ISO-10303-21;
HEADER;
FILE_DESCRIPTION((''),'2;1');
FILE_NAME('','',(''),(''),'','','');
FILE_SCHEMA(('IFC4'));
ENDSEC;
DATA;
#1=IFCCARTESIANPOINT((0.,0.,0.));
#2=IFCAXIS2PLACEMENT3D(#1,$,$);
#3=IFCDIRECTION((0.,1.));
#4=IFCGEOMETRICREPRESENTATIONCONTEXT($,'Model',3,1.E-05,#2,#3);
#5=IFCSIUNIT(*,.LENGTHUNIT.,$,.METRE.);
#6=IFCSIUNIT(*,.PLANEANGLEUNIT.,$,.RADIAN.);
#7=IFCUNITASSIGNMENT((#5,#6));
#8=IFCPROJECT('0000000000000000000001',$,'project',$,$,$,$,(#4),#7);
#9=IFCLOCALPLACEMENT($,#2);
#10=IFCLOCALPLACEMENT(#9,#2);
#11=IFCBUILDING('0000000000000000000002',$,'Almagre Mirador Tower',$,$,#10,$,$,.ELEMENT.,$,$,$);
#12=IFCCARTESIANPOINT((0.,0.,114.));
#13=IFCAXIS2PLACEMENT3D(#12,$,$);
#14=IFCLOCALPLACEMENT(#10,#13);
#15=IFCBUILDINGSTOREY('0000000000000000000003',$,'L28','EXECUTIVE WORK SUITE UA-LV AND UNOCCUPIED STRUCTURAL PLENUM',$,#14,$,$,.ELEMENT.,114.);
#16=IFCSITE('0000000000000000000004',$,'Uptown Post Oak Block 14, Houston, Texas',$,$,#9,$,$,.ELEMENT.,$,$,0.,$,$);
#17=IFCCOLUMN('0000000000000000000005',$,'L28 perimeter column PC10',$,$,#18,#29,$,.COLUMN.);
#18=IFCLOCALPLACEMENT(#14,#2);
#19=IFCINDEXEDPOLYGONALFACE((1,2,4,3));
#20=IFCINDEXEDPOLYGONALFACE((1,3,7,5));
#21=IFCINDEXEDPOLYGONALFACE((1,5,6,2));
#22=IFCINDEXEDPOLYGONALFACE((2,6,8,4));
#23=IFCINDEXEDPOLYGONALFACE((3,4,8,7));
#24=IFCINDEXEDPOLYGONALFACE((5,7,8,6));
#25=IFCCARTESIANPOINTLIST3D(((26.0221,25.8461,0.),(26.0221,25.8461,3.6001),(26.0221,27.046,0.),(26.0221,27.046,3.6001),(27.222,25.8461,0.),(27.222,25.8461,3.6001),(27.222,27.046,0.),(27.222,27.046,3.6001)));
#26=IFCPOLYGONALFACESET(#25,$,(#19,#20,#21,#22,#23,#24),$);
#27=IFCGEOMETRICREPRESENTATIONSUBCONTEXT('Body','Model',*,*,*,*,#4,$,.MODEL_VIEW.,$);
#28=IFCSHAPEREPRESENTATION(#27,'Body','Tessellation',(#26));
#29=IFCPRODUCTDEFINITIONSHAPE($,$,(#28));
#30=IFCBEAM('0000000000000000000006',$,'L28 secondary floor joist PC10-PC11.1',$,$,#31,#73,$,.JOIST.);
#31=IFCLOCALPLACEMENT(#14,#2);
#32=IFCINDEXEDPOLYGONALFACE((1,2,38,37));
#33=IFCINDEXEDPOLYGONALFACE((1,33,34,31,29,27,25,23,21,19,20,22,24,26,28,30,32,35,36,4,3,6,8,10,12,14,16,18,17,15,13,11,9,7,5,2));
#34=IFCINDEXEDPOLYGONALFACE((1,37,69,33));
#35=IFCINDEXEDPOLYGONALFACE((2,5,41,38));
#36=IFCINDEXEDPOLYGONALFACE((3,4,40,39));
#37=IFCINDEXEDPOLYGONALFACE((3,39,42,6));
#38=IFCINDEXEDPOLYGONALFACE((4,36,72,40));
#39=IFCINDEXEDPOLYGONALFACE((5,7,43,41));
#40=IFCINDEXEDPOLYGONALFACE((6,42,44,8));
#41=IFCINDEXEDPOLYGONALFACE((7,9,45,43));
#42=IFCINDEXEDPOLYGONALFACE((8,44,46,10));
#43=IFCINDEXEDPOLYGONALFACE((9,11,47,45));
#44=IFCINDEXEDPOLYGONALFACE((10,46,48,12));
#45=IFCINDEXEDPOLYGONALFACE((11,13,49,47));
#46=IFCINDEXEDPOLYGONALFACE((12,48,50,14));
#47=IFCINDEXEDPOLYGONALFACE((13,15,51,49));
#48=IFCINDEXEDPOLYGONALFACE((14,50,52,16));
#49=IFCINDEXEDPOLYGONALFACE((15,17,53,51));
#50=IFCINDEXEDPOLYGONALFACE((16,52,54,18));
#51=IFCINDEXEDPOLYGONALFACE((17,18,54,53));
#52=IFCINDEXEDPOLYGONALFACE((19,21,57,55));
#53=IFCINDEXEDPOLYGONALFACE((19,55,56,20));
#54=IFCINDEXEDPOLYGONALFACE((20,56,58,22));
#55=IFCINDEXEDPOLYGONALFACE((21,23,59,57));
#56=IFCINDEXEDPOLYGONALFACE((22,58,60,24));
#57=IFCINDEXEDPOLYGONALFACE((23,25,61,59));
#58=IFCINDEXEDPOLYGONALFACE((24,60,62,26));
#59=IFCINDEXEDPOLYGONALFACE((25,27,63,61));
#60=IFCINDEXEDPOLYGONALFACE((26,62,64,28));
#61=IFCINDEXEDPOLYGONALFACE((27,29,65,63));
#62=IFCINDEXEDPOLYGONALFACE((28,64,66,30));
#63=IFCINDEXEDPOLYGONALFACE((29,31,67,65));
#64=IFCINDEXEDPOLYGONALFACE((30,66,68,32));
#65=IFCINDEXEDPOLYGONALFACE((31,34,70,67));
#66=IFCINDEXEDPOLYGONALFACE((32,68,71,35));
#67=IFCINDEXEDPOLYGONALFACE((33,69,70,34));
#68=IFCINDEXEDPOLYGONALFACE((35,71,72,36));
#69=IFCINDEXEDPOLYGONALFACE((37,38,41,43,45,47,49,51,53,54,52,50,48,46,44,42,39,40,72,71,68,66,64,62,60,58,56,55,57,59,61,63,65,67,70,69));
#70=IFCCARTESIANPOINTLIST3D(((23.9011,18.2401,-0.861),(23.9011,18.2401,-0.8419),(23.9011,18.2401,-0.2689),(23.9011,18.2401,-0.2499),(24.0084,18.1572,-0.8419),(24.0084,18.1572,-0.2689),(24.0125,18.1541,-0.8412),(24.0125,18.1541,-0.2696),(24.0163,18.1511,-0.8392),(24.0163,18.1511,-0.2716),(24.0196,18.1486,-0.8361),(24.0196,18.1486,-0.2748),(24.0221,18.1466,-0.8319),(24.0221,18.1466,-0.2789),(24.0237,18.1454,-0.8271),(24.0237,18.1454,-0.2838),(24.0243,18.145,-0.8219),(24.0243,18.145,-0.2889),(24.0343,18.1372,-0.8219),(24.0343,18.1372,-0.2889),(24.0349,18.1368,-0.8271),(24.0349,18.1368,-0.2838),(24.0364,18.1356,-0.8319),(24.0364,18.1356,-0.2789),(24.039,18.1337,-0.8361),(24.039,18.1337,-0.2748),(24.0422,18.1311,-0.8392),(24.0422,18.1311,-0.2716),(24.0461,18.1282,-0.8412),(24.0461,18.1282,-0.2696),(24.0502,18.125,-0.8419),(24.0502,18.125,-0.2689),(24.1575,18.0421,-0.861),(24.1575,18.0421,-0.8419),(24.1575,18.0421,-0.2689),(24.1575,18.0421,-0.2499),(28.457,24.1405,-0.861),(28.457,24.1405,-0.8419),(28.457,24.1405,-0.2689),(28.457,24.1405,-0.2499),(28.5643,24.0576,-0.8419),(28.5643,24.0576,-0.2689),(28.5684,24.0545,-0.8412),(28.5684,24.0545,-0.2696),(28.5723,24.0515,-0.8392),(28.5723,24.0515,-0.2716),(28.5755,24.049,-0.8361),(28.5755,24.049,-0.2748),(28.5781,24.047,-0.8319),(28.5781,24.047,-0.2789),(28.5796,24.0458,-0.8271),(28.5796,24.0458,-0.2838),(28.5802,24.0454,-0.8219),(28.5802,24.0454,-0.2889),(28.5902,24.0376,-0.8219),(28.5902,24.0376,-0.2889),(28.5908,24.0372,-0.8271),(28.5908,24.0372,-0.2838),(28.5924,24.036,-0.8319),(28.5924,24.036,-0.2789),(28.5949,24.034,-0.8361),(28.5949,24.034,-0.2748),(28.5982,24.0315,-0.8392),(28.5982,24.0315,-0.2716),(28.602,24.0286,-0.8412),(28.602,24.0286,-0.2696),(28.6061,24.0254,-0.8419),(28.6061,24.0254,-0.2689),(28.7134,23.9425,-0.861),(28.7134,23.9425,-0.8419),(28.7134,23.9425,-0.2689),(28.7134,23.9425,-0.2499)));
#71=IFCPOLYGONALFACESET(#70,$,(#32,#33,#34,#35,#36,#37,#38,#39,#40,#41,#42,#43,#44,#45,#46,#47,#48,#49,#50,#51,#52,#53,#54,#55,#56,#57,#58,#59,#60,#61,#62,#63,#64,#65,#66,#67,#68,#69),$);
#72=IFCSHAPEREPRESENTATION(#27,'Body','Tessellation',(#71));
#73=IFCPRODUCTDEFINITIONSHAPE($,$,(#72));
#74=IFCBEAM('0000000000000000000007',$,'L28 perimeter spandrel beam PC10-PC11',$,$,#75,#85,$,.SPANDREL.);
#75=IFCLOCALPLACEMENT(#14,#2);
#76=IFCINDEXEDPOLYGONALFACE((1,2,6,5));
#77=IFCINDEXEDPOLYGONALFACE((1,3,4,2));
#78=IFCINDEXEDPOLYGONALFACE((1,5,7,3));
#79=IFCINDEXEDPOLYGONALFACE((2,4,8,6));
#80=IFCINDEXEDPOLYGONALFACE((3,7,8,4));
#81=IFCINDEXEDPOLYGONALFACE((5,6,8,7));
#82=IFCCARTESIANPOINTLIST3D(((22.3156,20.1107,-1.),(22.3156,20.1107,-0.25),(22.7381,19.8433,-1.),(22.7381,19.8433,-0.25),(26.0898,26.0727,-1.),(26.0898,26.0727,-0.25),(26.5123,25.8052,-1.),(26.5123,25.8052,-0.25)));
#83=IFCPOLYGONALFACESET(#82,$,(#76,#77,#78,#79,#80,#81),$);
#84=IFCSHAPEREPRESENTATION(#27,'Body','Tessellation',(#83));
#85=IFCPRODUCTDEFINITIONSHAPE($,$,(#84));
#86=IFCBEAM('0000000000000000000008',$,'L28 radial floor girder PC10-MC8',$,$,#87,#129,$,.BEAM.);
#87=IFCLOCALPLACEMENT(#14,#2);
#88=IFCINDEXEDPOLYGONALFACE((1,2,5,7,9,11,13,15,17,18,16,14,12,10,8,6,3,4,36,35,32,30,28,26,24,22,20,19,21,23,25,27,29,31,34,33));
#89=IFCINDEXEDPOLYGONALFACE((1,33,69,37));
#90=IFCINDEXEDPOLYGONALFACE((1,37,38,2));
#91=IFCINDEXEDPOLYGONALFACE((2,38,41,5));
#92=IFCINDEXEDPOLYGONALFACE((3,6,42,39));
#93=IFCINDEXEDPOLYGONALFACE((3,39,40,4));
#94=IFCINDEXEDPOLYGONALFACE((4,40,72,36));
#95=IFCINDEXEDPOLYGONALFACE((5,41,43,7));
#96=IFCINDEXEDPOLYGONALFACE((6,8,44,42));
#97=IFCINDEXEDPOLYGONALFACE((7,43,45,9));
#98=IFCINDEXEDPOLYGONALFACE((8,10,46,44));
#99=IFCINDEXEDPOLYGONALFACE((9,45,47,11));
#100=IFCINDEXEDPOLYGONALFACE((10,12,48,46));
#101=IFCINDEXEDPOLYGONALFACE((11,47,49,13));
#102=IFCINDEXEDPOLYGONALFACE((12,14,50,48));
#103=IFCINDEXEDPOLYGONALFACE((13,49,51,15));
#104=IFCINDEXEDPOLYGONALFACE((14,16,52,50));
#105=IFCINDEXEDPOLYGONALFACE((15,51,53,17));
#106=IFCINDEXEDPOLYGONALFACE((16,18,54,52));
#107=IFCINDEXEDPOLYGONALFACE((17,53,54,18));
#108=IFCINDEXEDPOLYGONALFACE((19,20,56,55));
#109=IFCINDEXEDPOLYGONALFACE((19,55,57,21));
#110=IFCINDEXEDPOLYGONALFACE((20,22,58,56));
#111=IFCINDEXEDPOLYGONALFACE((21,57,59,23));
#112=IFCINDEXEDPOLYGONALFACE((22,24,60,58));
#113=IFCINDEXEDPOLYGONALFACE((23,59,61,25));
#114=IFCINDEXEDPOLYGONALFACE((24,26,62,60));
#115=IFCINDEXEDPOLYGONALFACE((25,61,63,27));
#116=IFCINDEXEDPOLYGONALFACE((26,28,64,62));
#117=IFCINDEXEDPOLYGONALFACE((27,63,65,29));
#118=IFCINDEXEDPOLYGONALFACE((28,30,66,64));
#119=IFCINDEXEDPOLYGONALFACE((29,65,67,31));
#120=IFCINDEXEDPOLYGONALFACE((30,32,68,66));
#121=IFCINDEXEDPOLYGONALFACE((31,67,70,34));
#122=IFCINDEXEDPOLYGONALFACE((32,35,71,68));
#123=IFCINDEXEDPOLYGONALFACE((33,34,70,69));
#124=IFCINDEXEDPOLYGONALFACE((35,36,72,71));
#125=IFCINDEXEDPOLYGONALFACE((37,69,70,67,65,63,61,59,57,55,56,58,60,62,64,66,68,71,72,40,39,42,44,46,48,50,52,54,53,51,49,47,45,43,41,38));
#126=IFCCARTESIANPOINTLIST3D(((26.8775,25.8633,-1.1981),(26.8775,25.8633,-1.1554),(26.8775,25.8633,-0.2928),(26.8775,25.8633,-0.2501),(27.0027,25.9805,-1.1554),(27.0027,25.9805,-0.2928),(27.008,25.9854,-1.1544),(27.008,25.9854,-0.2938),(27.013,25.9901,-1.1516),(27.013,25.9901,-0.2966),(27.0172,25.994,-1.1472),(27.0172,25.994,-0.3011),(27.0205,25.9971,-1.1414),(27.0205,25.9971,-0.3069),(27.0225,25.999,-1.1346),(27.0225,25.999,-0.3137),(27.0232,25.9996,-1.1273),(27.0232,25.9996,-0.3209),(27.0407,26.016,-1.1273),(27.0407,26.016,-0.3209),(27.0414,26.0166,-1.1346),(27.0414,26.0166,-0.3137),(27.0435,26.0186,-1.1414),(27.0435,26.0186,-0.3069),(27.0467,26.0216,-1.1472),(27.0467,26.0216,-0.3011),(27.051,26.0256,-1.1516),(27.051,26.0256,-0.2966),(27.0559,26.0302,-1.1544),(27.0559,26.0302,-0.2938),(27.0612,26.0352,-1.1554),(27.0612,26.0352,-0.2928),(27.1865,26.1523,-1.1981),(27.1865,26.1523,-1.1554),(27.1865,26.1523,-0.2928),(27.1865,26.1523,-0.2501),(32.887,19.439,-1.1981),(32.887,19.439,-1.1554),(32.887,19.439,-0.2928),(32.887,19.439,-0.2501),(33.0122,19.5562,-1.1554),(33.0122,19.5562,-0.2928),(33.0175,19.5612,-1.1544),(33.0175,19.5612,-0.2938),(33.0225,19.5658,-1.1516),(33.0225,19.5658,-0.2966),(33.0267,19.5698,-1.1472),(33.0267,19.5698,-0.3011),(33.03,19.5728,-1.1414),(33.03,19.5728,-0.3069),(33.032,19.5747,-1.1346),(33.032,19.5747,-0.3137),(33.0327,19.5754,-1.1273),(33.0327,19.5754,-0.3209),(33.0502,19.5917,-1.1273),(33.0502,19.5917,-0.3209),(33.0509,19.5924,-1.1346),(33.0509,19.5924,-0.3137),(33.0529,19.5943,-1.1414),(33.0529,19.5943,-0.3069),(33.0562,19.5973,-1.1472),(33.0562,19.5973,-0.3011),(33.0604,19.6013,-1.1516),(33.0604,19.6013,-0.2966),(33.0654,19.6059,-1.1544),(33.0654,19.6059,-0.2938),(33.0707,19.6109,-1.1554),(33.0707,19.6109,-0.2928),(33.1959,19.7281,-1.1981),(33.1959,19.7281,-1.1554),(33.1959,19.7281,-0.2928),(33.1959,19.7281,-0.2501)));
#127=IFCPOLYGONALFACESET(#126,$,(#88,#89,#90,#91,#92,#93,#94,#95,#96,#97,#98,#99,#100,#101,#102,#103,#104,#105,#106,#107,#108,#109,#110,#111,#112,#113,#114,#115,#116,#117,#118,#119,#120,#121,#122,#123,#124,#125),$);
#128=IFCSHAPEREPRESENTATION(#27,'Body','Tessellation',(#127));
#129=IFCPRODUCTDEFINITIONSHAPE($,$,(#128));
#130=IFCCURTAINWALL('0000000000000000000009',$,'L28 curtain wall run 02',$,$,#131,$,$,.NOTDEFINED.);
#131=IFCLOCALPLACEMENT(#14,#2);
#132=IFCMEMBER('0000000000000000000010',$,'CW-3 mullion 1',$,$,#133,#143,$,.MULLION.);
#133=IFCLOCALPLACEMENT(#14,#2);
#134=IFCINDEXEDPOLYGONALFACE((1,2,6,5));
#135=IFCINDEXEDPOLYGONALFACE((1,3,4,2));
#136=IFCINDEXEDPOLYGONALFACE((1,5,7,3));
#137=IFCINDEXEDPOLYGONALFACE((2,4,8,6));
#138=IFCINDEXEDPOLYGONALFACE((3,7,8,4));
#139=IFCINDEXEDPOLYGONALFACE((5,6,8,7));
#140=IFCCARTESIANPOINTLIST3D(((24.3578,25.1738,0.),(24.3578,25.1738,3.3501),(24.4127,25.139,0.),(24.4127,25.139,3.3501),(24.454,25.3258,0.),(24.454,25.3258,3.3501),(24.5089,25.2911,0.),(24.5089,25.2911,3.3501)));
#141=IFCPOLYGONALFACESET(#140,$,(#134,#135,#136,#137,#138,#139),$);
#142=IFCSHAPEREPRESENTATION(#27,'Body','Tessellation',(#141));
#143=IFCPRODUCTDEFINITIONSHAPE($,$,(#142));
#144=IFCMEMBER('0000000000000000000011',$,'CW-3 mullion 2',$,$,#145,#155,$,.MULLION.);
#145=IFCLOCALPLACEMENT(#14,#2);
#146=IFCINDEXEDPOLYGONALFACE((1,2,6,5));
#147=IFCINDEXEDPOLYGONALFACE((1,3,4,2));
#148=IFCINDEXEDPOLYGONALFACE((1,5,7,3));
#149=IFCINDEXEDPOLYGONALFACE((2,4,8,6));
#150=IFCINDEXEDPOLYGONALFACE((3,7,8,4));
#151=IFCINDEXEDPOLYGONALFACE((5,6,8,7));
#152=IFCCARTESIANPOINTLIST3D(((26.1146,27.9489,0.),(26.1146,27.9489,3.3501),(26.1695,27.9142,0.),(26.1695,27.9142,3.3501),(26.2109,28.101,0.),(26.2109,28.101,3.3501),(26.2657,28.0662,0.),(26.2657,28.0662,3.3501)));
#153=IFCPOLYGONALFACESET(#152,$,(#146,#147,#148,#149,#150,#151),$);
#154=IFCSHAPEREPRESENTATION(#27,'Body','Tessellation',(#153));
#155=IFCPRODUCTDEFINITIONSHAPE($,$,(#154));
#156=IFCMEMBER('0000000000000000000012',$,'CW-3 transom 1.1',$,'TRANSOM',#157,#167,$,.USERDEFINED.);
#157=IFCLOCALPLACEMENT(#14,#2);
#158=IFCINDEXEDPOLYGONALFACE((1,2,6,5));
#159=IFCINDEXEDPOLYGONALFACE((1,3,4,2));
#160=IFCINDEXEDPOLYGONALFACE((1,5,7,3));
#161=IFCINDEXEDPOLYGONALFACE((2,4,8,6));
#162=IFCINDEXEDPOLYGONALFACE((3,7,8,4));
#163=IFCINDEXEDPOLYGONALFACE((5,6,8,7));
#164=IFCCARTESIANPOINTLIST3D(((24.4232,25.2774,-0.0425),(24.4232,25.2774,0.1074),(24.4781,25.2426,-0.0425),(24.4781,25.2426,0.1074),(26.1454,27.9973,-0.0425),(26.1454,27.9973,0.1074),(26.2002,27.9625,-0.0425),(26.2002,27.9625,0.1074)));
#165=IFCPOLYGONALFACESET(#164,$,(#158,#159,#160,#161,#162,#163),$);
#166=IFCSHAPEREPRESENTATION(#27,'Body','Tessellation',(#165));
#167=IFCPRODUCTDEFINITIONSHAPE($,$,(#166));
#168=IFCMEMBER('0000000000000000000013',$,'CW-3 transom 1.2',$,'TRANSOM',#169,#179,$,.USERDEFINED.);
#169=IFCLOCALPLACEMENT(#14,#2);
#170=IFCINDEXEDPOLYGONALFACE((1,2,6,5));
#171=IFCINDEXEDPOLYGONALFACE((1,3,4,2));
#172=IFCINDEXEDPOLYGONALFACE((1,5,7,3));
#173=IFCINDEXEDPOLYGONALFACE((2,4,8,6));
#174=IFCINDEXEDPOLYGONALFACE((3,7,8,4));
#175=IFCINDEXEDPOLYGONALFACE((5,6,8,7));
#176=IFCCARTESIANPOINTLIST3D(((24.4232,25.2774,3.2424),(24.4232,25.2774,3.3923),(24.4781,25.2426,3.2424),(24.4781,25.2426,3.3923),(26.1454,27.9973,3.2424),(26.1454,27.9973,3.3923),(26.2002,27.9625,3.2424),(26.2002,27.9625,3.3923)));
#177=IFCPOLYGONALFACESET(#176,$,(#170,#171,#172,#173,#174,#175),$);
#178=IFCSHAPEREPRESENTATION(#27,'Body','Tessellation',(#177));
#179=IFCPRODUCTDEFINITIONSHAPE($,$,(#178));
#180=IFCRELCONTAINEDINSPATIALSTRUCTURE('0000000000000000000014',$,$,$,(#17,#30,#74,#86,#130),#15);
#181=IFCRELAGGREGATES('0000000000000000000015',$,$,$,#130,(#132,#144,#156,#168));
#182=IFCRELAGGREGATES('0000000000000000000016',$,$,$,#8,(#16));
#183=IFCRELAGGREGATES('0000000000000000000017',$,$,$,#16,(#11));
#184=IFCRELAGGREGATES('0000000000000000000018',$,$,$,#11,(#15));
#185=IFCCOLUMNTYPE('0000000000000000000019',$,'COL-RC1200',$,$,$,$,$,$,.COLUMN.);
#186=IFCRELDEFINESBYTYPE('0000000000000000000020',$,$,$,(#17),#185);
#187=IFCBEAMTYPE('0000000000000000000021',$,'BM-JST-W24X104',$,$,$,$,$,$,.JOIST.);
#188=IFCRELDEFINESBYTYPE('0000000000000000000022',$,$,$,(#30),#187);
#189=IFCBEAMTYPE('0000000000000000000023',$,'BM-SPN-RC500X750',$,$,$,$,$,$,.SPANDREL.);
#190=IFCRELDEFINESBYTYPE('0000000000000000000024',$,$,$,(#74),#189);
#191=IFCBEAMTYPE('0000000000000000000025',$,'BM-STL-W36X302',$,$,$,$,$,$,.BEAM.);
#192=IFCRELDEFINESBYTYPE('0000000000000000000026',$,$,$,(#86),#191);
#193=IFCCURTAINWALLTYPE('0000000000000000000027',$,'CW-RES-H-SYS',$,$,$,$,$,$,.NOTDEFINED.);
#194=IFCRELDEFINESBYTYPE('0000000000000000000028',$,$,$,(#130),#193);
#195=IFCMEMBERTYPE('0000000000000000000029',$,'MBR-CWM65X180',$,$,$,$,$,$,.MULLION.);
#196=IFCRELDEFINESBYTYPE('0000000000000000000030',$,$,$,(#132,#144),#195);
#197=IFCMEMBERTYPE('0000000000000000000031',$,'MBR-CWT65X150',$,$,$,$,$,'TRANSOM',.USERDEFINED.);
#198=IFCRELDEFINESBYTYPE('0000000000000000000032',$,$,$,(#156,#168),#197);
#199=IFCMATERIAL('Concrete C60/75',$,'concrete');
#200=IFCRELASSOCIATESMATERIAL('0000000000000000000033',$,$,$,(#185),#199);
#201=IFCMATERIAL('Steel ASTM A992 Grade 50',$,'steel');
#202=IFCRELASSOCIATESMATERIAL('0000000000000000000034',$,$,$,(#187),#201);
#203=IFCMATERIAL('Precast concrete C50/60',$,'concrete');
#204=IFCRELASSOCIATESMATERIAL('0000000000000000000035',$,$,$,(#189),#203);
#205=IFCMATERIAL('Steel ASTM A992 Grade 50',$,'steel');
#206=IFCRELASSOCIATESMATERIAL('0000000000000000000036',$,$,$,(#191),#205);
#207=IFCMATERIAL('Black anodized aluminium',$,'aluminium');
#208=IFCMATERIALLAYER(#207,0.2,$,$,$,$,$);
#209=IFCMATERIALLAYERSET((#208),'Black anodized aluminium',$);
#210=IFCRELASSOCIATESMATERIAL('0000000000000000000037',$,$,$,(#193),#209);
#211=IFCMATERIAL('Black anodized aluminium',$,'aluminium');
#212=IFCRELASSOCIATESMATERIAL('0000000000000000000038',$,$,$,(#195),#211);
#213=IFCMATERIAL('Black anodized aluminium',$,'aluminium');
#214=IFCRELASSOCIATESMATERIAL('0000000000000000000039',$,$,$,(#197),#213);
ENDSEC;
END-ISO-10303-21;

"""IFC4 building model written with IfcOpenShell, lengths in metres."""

from ifc_helpers import new_model, si_unit, direction, frame, origin, origin_2d, place, context, subcontext, project, spatial, rectangle, i_section, extrude, material, layer, layer_set, material_profile, profile_set, type_object, element, aggregate, save


model = new_model("IFC4")

# Units and contexts
model_context = context("Model", 3, precision=1e-05, world=origin(), true_north=direction((0.0, 1.0)))
body_context = subcontext(model_context, "Body", "Model", "MODEL_VIEW")
ifc_project = project(units=[si_unit("LENGTHUNIT", "METRE"), si_unit("PLANEANGLEUNIT", "RADIAN")], contexts=[model_context])

# Site, building, storey
site_placement = place(None, origin())
site = spatial("IfcSite", under=ifc_project, at=site_placement, Name="Uptown Post Oak Block 14, Houston, Texas", CompositionType="ELEMENT", RefElevation=0.0)
building_placement = place(site_placement, origin())
building = spatial("IfcBuilding", under=site, at=building_placement, Name="Almagre Mirador Tower", CompositionType="ELEMENT")
storey_placement = place(building_placement, frame((0.0, 0.0, 114.0)))
storey = spatial("IfcBuildingStorey", under=building, at=storey_placement, Name="L28", Description="EXECUTIVE WORK SUITE UA-LV AND UNOCCUPIED STRUCTURAL PLENUM", CompositionType="ELEMENT", Elevation=114.0)

# Column
ifc_material_1 = material(Name="Concrete C60/75", Category="concrete")
ifc_material_profile_1 = material_profile(ifc_material_1, rectangle(XDim=1.2, YDim=1.2, at=origin_2d()), Name="RC1200X1200")
ifc_profile_set_1 = profile_set([ifc_material_profile_1], Name="Concrete C60/75")
column_type = type_object("IfcColumnType", Name="COL-RC1200", PredefinedType="COLUMN", material=ifc_profile_set_1)
column_placement = place(storey_placement, frame((26.6221, 26.446, 0.0), z_axis=(0.0, 0.0, 1.0), x_axis=(1.0, 0.0, 0.0)))
element("IfcColumn", 1, at=column_placement, inside=storey, type_object=column_type, Name="L28 perimeter column PC10", PredefinedType="COLUMN", context=body_context, shape_type="SweptSolid", body=[
    extrude(rectangle(XDim=1.2, YDim=1.2, at=origin_2d()), origin(), (0.0, 0.0, 1.0), 3.6001),
])

# Beams
ifc_material_2 = material(Name="Steel ASTM A992 Grade 50", Category="steel")
ifc_material_profile_2 = material_profile(ifc_material_2, i_section(OverallWidth=0.324, OverallDepth=0.6111, WebThickness=0.0127, FlangeThickness=0.019, FilletRadius=0.02, at=origin_2d()), Name="W24X104")
ifc_profile_set_2 = profile_set([ifc_material_profile_2], Name="Steel ASTM A992 Grade 50")
beam_type_1 = type_object("IfcBeamType", Name="BM-JST-W24X104", PredefinedType="JOIST", material=ifc_profile_set_2)
beam_1_placement = place(storey_placement, frame((28.5852, 24.0415, -0.5554), z_axis=(-0.611155, -0.791511, 0.0), x_axis=(0.791511, -0.611155, 0.0)))
element("IfcBeam", 2, at=beam_1_placement, inside=storey, type_object=beam_type_1, Name="L28 secondary floor joist PC10-PC11.1", PredefinedType="JOIST", context=body_context, shape_type="SweptSolid", body=[
    extrude(i_section(OverallWidth=0.324, OverallDepth=0.6111, WebThickness=0.0127, FlangeThickness=0.019, FilletRadius=0.02, at=origin_2d()), origin(), (0.0, 0.0, 1.0), 7.4546),
])
ifc_material_3 = material(Name="Precast concrete C50/60", Category="concrete")
ifc_material_profile_3 = material_profile(ifc_material_3, rectangle(XDim=0.5, YDim=0.75, at=origin_2d()), Name="RC500X750")
ifc_profile_set_3 = profile_set([ifc_material_profile_3], Name="Precast concrete C50/60")
beam_type_2 = type_object("IfcBeamType", Name="BM-SPN-RC500X750", PredefinedType="SPANDREL", material=ifc_profile_set_3)
beam_2_placement = place(storey_placement, frame((26.301, 25.939, -0.625), z_axis=(-0.534879, -0.844929, 0.0), x_axis=(0.844929, -0.534879, 0.0)))
element("IfcBeam", 3, at=beam_2_placement, inside=storey, type_object=beam_type_2, Name="L28 perimeter spandrel beam PC10-PC11", PredefinedType="SPANDREL", context=body_context, shape_type="SweptSolid", body=[
    extrude(rectangle(XDim=0.5, YDim=0.75, at=origin_2d()), origin(), (0.0, 0.0, 1.0), 7.0562),
])
ifc_material_4 = material(Name="Steel ASTM A992 Grade 50", Category="steel")
ifc_material_profile_4 = material_profile(ifc_material_4, i_section(OverallWidth=0.4231, OverallDepth=0.948, WebThickness=0.0239, FlangeThickness=0.0427, FilletRadius=0.0281, at=origin_2d()), Name="W36X302")
ifc_profile_set_4 = profile_set([ifc_material_profile_4], Name="Steel ASTM A992 Grade 50")
beam_type_3 = type_object("IfcBeamType", Name="BM-STL-W36X302", PredefinedType="BEAM", material=ifc_profile_set_4)
beam_3_placement = place(storey_placement, frame((27.032, 26.0078, -0.7241), z_axis=(0.683138, -0.73029, 0.0), x_axis=(0.73029, 0.683138, 0.0)))
element("IfcBeam", 4, at=beam_3_placement, inside=storey, type_object=beam_type_3, Name="L28 radial floor girder PC10-MC8", PredefinedType="BEAM", context=body_context, shape_type="SweptSolid", body=[
    extrude(i_section(OverallWidth=0.4231, OverallDepth=0.948, WebThickness=0.0239, FlangeThickness=0.0427, FilletRadius=0.0281, at=origin_2d()), origin(), (0.0, 0.0, 1.0), 8.7969),
])

# Curtain wall, members
ifc_material_5 = material(Name="Black anodized aluminium", Category="aluminium")
ifc_layer_1 = layer(ifc_material_5, 0.2)
ifc_layer_set_1 = layer_set([ifc_layer_1], Name="Black anodized aluminium")
curtain_wall_type = type_object("IfcCurtainWallType", Name="CW-RES-H-SYS", PredefinedType="NOTDEFINED", material=ifc_layer_set_1)
curtain_wall_placement = place(storey_placement, origin())
curtain_wall = element("IfcCurtainWall", 5, at=curtain_wall_placement, inside=storey, type_object=curtain_wall_type, Name="L28 curtain wall run 02", PredefinedType="NOTDEFINED")
ifc_material_6 = material(Name="Black anodized aluminium", Category="aluminium")
ifc_material_profile_5 = material_profile(ifc_material_6, rectangle(XDim=0.0649, YDim=0.1799, at=origin_2d()), Name="CWM65X180")
ifc_profile_set_5 = profile_set([ifc_material_profile_5], Name="Black anodized aluminium")
member_type_1 = type_object("IfcMemberType", Name="MBR-CWM65X180", PredefinedType="MULLION", material=ifc_profile_set_5)
member_1_placement = place(storey_placement, frame((24.4333, 25.2324, 0.0), z_axis=(0.0, 0.0, 1.0), x_axis=(-0.844924, 0.534887, 0.0)))
member_1 = element("IfcMember", 6, at=member_1_placement, type_object=member_type_1, Name="CW-3 mullion 1", PredefinedType="MULLION", context=body_context, shape_type="SweptSolid", body=[
    extrude(rectangle(XDim=0.0649, YDim=0.1799, at=origin_2d()), origin(), (0.0, 0.0, 1.0), 3.3501),
])
member_2_placement = place(storey_placement, frame((26.1902, 28.0076, 0.0), z_axis=(0.0, 0.0, 1.0), x_axis=(-0.844924, 0.534887, 0.0)))
member_2 = element("IfcMember", 7, at=member_2_placement, type_object=member_type_1, Name="CW-3 mullion 2", PredefinedType="MULLION", context=body_context, shape_type="SweptSolid", body=[
    extrude(rectangle(XDim=0.0649, YDim=0.1799, at=origin_2d()), origin(), (0.0, 0.0, 1.0), 3.3501),
])
ifc_material_7 = material(Name="Black anodized aluminium", Category="aluminium")
ifc_material_profile_6 = material_profile(ifc_material_7, rectangle(XDim=0.0649, YDim=0.1499, at=origin_2d()), Name="CWT65X150")
ifc_profile_set_6 = profile_set([ifc_material_profile_6], Name="Black anodized aluminium")
member_type_2 = type_object("IfcMemberType", Name="MBR-CWT65X150", ElementType="TRANSOM", PredefinedType="USERDEFINED", material=ifc_profile_set_6)
member_3_placement = place(storey_placement, frame((24.4507, 25.26, 0.0325), z_axis=(0.534946, 0.844886, 0.0), x_axis=(-0.844886, 0.534946, 0.0)))
member_3 = element("IfcMember", 8, at=member_3_placement, type_object=member_type_2, Name="CW-3 transom 1.1", ObjectType="TRANSOM", PredefinedType="USERDEFINED", context=body_context, shape_type="SweptSolid", body=[
    extrude(rectangle(XDim=0.0649, YDim=0.1499, at=origin_2d()), origin(), (0.0, 0.0, 1.0), 3.2192),
])
member_4_placement = place(storey_placement, frame((24.4507, 25.26, 3.3174), z_axis=(0.534946, 0.844886, 0.0), x_axis=(-0.844886, 0.534946, 0.0)))
member_4 = element("IfcMember", 9, at=member_4_placement, type_object=member_type_2, Name="CW-3 transom 1.2", ObjectType="TRANSOM", PredefinedType="USERDEFINED", context=body_context, shape_type="SweptSolid", body=[
    extrude(rectangle(XDim=0.0649, YDim=0.1499, at=origin_2d()), origin(), (0.0, 0.0, 1.0), 3.2192),
])
aggregate(curtain_wall, [member_1, member_2, member_3, member_4])

save(model, "model.ifc")
